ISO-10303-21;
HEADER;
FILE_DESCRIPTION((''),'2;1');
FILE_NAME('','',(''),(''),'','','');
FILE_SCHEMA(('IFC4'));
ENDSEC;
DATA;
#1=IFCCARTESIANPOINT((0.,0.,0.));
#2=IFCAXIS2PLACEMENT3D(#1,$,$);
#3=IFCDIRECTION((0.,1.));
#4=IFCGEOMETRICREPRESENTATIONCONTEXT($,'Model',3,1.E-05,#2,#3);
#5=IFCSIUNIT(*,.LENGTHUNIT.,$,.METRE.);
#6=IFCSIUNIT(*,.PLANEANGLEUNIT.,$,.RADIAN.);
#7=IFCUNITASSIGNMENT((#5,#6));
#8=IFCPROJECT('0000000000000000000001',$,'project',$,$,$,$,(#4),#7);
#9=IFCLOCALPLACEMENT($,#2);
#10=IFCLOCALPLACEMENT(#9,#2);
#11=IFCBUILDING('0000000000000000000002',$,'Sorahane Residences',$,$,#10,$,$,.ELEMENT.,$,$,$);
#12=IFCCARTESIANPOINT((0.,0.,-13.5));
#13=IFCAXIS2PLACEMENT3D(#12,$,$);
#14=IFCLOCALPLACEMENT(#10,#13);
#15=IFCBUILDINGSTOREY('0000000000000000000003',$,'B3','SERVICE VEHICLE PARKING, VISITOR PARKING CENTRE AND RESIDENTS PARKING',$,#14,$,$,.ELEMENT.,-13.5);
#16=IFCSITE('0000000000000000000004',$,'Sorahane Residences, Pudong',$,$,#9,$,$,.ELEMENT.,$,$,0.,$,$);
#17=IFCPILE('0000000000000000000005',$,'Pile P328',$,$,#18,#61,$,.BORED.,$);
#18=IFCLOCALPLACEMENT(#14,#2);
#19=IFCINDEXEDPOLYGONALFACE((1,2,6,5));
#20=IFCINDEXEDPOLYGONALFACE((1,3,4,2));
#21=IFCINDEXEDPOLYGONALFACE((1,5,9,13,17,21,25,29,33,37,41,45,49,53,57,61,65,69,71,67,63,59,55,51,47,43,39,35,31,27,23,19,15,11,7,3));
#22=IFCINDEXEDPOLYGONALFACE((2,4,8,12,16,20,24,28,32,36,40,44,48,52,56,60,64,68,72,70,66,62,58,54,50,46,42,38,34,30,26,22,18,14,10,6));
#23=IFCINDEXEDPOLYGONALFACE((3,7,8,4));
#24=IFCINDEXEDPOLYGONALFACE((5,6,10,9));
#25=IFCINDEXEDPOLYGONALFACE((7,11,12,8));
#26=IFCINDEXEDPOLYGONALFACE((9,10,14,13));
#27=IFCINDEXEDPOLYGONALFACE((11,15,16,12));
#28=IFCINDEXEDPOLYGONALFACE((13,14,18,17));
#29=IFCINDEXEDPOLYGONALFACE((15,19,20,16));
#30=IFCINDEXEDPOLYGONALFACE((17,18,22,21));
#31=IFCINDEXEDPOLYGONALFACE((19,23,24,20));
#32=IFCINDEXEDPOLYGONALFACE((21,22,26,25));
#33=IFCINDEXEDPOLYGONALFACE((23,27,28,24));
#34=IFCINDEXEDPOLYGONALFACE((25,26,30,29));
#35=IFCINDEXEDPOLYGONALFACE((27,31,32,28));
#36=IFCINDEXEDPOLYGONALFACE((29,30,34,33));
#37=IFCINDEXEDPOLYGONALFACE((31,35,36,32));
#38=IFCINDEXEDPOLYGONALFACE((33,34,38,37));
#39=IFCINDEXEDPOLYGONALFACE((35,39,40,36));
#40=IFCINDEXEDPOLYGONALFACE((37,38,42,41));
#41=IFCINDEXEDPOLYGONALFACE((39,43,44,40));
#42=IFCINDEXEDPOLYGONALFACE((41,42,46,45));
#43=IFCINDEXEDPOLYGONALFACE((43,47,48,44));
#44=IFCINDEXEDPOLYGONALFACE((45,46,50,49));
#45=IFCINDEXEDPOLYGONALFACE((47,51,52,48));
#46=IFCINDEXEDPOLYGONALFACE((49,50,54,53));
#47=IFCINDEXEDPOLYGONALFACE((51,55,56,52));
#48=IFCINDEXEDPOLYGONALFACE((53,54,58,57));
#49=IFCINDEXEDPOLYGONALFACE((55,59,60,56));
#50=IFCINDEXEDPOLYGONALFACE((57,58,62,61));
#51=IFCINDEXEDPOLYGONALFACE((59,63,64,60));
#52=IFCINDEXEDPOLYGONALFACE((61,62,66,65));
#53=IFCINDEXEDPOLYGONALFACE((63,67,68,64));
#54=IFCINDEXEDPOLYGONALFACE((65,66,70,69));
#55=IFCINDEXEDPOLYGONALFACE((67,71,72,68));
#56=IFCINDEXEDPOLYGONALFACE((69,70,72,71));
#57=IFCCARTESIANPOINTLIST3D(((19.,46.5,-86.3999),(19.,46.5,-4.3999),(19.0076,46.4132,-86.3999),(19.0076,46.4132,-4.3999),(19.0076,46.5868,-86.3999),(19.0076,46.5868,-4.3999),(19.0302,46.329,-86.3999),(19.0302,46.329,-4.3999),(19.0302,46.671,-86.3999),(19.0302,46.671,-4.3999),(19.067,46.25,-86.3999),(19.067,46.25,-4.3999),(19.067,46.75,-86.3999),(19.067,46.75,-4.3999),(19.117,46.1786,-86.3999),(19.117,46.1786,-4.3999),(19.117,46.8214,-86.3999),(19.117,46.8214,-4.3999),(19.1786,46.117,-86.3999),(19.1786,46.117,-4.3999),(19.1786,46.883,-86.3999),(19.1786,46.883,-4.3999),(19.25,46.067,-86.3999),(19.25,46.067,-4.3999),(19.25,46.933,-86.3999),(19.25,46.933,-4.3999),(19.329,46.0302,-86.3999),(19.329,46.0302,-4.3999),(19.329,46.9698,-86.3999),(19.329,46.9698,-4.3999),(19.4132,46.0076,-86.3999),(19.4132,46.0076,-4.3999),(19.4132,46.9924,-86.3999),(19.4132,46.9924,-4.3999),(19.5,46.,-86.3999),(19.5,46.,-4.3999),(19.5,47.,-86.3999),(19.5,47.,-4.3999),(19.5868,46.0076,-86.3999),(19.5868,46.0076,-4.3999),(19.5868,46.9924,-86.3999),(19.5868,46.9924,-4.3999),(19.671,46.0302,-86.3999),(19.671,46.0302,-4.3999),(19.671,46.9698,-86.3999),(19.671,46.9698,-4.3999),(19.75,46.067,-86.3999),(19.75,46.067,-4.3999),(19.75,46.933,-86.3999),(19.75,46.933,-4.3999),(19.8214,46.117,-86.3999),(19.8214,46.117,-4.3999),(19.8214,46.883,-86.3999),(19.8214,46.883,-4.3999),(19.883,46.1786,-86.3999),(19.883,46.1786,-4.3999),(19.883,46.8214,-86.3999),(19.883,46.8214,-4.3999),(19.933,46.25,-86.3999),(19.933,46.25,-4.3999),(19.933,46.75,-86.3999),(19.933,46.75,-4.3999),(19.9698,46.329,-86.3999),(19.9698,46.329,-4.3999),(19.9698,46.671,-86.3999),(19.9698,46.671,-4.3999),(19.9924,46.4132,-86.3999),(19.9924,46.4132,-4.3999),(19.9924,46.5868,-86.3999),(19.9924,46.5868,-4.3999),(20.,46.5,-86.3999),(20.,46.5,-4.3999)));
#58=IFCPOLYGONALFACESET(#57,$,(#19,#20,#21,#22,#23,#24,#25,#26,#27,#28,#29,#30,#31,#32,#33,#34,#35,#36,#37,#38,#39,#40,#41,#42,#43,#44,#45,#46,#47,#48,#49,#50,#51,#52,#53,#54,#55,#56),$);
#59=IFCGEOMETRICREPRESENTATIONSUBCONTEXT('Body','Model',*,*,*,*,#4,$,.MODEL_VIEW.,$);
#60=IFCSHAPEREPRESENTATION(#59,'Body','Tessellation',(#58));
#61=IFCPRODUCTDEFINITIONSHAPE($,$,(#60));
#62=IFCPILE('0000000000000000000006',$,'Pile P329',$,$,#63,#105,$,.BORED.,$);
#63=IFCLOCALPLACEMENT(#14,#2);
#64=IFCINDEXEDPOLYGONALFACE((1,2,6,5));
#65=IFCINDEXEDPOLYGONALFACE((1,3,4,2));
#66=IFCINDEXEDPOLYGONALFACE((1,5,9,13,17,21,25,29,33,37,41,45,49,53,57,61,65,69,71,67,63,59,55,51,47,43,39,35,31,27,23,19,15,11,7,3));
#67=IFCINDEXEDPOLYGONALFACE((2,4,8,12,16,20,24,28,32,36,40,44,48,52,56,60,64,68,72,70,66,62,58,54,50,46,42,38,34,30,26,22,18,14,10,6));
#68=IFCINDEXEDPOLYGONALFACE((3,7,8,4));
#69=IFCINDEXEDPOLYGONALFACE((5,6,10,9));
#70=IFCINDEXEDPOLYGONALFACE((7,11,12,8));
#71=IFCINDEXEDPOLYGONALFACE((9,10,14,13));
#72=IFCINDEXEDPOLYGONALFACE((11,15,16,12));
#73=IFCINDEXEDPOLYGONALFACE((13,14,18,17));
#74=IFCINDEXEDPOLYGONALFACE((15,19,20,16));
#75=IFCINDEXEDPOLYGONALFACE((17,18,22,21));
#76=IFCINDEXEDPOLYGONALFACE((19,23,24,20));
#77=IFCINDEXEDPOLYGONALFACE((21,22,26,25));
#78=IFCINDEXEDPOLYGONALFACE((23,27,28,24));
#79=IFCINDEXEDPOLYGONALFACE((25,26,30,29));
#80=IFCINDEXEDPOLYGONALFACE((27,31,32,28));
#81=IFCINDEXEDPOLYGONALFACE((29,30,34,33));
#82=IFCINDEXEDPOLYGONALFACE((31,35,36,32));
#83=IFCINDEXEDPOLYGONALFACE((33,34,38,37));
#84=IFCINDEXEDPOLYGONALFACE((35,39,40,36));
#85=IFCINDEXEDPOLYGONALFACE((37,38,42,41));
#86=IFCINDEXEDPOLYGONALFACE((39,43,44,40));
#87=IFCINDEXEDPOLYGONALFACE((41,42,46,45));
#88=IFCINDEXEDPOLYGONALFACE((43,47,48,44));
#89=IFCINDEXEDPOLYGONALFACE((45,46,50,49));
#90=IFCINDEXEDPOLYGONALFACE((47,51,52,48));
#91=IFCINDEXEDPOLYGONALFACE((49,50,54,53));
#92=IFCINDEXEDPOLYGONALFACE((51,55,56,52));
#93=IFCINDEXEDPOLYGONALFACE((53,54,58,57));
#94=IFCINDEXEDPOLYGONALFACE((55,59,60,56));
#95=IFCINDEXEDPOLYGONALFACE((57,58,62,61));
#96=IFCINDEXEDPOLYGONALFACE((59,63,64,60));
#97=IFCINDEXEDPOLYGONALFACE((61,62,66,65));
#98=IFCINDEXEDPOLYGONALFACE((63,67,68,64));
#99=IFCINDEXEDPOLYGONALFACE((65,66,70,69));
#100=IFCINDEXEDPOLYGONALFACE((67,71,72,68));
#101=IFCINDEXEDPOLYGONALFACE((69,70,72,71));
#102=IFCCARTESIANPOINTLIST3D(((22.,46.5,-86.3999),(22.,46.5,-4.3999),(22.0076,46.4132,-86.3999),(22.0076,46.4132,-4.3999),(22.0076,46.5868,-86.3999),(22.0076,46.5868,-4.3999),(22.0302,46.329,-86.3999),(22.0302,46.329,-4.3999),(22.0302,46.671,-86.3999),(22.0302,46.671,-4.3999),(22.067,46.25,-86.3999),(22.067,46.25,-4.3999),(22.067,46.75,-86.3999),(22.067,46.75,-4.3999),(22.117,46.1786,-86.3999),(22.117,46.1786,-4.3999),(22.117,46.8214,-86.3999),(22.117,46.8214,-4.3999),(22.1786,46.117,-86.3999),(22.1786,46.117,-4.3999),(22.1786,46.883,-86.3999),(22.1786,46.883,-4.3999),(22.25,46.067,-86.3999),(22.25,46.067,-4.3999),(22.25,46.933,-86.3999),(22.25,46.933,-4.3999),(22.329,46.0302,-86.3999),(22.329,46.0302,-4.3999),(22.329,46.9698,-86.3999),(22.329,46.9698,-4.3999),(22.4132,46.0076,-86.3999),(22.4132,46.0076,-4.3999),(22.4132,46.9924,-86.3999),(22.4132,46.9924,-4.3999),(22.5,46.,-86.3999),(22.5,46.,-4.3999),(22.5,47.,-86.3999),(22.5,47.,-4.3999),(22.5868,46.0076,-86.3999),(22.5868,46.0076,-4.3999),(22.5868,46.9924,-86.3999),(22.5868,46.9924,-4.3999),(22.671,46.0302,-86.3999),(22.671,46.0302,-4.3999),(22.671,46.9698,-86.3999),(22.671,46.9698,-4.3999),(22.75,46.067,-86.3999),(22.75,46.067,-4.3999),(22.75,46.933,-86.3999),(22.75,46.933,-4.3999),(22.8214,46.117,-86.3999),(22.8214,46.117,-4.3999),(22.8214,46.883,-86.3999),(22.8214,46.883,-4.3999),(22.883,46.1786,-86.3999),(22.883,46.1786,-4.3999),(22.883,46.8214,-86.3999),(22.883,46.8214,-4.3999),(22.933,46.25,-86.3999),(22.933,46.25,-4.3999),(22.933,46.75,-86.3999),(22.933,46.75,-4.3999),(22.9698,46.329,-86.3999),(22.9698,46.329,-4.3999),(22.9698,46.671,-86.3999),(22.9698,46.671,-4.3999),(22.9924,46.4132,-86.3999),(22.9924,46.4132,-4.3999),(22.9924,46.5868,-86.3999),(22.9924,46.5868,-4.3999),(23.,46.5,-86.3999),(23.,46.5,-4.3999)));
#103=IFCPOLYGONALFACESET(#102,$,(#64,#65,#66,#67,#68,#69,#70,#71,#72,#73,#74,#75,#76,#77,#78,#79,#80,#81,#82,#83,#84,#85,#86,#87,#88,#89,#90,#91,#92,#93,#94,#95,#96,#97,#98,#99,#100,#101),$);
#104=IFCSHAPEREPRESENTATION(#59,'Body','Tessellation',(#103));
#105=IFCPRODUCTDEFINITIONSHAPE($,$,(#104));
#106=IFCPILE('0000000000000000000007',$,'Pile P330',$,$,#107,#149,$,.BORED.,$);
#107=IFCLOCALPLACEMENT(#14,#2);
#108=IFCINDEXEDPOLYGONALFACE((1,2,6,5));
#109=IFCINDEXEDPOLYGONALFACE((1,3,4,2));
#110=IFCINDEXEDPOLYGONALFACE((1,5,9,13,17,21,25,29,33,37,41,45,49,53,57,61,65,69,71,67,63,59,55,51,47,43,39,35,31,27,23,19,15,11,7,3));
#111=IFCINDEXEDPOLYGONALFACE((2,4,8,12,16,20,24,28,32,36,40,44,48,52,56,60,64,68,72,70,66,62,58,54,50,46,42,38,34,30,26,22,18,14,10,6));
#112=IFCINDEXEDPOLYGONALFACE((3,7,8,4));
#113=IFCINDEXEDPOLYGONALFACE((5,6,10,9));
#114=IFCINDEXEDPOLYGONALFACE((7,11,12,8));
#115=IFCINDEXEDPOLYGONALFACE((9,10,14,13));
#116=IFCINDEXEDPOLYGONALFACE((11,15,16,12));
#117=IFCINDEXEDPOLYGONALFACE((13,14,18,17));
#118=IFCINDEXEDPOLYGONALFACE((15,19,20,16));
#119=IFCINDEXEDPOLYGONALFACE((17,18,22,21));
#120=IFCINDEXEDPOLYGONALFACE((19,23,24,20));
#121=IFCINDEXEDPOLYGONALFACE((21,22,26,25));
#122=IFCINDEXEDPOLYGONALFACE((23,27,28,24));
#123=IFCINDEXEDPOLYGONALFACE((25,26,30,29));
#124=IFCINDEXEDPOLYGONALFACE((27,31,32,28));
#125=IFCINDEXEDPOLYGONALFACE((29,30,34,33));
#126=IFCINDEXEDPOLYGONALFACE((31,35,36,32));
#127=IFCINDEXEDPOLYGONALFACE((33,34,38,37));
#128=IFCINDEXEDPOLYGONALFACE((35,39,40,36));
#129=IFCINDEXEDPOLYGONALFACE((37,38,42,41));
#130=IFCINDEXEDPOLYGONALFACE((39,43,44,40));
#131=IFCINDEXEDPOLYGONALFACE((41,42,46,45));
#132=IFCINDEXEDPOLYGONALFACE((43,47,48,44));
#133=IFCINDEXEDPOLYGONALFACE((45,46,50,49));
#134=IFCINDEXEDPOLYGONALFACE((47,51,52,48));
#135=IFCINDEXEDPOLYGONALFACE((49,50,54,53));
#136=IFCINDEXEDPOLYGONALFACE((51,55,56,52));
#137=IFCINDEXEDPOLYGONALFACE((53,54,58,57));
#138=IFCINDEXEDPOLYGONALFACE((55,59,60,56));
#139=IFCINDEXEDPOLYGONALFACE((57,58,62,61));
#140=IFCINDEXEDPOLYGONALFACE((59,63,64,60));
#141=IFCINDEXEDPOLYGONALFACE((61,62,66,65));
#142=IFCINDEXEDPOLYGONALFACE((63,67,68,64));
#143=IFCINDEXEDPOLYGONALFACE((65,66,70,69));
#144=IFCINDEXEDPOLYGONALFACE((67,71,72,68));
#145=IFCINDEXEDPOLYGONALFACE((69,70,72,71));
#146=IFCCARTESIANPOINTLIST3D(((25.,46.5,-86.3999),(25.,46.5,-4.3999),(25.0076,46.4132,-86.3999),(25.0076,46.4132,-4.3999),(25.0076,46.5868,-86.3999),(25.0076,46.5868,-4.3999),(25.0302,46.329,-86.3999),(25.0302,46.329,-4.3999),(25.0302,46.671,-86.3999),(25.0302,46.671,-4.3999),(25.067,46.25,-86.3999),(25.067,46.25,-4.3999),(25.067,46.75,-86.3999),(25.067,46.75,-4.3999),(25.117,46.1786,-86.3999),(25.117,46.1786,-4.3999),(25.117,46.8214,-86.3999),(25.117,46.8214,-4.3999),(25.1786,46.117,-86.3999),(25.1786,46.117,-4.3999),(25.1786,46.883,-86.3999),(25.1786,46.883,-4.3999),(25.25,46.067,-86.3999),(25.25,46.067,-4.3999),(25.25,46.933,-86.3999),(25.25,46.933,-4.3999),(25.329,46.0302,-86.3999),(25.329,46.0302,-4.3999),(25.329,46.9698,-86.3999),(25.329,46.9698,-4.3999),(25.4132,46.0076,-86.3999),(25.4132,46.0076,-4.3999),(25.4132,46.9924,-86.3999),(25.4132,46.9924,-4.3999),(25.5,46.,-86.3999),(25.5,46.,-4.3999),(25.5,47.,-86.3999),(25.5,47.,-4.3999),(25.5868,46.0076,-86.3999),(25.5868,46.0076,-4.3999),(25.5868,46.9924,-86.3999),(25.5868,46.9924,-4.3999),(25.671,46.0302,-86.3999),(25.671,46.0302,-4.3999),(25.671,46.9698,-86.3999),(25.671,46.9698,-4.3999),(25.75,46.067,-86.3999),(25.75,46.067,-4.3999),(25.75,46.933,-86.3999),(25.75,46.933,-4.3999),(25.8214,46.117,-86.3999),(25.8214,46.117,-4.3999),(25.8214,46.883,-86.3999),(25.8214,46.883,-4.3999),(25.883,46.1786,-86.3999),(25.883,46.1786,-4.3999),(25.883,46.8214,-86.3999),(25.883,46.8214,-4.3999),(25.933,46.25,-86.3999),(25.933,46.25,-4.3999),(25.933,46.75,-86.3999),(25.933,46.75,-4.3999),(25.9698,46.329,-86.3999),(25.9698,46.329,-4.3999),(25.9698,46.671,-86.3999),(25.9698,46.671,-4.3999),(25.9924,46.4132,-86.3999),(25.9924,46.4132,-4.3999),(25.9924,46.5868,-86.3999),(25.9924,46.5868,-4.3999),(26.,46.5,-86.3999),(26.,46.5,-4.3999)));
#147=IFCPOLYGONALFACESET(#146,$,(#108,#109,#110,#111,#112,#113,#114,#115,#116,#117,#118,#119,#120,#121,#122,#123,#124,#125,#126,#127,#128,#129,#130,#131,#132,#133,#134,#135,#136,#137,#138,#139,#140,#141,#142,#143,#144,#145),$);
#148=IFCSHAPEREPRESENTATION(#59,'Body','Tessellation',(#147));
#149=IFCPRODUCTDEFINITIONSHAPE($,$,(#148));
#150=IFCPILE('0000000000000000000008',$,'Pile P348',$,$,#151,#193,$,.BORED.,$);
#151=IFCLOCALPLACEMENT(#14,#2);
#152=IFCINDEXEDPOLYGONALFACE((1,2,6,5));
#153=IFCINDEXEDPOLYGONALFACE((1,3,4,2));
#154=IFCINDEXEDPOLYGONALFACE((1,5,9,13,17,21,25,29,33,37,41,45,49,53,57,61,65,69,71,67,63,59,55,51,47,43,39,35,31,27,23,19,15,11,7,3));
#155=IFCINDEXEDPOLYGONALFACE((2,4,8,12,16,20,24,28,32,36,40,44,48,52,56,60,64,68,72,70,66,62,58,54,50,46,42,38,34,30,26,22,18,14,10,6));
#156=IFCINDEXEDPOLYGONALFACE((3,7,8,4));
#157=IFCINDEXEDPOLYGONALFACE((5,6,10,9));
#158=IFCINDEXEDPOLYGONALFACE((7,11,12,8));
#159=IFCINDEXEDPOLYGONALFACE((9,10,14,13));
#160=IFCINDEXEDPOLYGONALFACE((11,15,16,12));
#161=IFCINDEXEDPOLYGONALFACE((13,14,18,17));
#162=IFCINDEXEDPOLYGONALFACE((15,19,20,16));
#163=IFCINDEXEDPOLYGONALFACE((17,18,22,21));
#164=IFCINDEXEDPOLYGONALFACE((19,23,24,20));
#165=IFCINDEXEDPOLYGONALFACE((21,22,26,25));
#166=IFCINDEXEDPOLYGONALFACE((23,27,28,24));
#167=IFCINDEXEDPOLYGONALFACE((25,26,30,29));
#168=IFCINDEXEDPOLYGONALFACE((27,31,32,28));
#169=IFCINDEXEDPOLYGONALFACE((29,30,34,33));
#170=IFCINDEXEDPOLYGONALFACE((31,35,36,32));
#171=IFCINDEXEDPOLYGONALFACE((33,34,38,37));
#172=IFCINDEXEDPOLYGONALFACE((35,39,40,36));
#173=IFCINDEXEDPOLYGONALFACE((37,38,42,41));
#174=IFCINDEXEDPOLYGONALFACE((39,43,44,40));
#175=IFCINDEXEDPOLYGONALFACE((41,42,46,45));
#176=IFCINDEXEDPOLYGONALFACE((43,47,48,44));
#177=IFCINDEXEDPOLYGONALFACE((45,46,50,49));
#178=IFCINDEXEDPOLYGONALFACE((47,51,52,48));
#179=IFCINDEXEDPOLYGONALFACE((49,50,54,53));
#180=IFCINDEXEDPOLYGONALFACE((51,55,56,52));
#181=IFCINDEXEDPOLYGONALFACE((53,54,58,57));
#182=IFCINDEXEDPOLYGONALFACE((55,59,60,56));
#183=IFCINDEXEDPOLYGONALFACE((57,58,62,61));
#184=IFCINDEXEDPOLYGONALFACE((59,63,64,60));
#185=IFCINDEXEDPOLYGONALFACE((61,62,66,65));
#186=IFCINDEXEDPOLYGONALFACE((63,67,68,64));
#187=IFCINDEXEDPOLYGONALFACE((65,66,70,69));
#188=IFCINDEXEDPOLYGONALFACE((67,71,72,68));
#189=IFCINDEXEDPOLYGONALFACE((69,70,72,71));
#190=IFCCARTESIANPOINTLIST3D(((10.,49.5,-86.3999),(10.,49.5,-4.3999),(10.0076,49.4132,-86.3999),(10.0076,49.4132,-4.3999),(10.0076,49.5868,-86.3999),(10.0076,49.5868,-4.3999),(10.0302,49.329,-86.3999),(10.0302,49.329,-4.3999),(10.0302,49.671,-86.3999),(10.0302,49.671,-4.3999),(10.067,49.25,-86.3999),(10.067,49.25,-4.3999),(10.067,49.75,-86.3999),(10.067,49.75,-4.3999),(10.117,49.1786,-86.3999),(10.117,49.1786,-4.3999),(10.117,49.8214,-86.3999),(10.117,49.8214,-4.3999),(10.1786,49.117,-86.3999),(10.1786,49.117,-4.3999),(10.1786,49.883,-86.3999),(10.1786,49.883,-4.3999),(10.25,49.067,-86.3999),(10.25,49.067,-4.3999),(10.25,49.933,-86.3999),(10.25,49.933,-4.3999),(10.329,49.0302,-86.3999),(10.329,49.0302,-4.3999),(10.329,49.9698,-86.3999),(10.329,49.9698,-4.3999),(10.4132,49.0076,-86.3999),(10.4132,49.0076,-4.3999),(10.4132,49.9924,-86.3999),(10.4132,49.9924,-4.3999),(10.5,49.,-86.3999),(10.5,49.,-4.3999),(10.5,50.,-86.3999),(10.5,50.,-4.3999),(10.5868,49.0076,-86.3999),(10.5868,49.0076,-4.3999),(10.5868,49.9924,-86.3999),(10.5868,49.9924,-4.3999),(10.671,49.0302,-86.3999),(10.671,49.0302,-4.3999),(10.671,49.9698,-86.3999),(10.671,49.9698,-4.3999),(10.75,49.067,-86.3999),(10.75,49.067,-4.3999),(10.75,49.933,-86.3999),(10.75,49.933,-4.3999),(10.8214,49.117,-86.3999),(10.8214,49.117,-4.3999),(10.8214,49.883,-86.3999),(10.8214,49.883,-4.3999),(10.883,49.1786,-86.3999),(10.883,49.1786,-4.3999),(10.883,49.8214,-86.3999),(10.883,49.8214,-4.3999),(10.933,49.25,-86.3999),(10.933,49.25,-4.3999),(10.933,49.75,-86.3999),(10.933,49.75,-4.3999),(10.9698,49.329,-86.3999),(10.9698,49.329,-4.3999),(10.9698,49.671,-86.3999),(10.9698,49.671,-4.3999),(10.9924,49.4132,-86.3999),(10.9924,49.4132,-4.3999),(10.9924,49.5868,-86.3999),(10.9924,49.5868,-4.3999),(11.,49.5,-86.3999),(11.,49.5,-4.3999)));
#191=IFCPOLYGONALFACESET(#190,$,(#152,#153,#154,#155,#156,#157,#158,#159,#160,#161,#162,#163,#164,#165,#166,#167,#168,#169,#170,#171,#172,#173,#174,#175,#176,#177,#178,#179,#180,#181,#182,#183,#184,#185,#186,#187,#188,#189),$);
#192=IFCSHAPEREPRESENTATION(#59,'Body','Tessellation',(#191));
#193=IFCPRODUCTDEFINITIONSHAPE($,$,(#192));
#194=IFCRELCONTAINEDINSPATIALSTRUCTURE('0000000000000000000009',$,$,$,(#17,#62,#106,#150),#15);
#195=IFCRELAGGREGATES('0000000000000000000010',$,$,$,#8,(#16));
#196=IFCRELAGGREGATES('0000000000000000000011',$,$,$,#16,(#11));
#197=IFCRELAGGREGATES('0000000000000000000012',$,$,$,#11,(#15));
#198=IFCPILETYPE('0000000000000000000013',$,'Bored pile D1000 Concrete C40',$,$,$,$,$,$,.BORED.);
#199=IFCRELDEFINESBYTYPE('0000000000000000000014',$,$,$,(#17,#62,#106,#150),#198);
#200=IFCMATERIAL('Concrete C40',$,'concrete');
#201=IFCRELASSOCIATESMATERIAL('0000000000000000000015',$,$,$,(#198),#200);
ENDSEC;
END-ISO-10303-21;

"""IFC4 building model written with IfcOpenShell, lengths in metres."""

from ifc_helpers import new_model, si_unit, direction, frame, origin, origin_2d, place, context, subcontext, project, spatial, circle, extrude, material, material_profile, profile_set, type_object, element, save


model = new_model("IFC4")

# Units and contexts
model_context = context("Model", 3, precision=1e-05, world=origin(), true_north=direction((0.0, 1.0)))
body_context = subcontext(model_context, "Body", "Model", "MODEL_VIEW")
ifc_project = project(units=[si_unit("LENGTHUNIT", "METRE"), si_unit("PLANEANGLEUNIT", "RADIAN")], contexts=[model_context])

# Site, building, storey
site_placement = place(None, origin())
site = spatial("IfcSite", under=ifc_project, at=site_placement, Name="Sorahane Residences, Pudong", CompositionType="ELEMENT", RefElevation=0.0)
building_placement = place(site_placement, origin())
building = spatial("IfcBuilding", under=site, at=building_placement, Name="Sorahane Residences", CompositionType="ELEMENT")
storey_placement = place(building_placement, frame((0.0, 0.0, -13.5)))
storey = spatial("IfcBuildingStorey", under=building, at=storey_placement, Name="B3", Description="SERVICE VEHICLE PARKING, VISITOR PARKING CENTRE AND RESIDENTS PARKING", CompositionType="ELEMENT", Elevation=-13.5)

# Piles
ifc_material_1 = material(Name="Concrete C40", Category="concrete")
ifc_material_profile_1 = material_profile(ifc_material_1, circle(Radius=0.5, at=origin_2d()), Name="D1000")
ifc_profile_set_1 = profile_set([ifc_material_profile_1], Name="Concrete C40")
pile_type = type_object("IfcPileType", Name="Bored pile D1000 Concrete C40", PredefinedType="BORED", material=ifc_profile_set_1)
for number, where, z_axis, x_axis, name in (
    (1, (19.5, 46.5, -4.3999), (0.0, 0.0, -1.0), (1.0, 0.0, 0.0), "Pile P328"),
    (2, (22.5, 46.5, -4.3999), (0.0, 0.0, -1.0), (1.0, 0.0, 0.0), "Pile P329"),
    (3, (25.5, 46.5, -4.3999), (0.0, 0.0, -1.0), (1.0, 0.0, 0.0), "Pile P330"),
    (4, (10.5, 49.5, -4.3999), (0.0, 0.0, -1.0), (1.0, 0.0, 0.0), "Pile P348"),
):
    element("IfcPile", number, at=place(storey_placement, frame(where, z_axis=z_axis, x_axis=x_axis)), inside=storey, type_object=pile_type, Name=name, PredefinedType="BORED", context=body_context, shape_type="SweptSolid", body=[
        extrude(circle(Radius=0.5, at=origin_2d()), origin(), (0.0, 0.0, 1.0), 82.0),
    ])

save(model, "model.ifc")
